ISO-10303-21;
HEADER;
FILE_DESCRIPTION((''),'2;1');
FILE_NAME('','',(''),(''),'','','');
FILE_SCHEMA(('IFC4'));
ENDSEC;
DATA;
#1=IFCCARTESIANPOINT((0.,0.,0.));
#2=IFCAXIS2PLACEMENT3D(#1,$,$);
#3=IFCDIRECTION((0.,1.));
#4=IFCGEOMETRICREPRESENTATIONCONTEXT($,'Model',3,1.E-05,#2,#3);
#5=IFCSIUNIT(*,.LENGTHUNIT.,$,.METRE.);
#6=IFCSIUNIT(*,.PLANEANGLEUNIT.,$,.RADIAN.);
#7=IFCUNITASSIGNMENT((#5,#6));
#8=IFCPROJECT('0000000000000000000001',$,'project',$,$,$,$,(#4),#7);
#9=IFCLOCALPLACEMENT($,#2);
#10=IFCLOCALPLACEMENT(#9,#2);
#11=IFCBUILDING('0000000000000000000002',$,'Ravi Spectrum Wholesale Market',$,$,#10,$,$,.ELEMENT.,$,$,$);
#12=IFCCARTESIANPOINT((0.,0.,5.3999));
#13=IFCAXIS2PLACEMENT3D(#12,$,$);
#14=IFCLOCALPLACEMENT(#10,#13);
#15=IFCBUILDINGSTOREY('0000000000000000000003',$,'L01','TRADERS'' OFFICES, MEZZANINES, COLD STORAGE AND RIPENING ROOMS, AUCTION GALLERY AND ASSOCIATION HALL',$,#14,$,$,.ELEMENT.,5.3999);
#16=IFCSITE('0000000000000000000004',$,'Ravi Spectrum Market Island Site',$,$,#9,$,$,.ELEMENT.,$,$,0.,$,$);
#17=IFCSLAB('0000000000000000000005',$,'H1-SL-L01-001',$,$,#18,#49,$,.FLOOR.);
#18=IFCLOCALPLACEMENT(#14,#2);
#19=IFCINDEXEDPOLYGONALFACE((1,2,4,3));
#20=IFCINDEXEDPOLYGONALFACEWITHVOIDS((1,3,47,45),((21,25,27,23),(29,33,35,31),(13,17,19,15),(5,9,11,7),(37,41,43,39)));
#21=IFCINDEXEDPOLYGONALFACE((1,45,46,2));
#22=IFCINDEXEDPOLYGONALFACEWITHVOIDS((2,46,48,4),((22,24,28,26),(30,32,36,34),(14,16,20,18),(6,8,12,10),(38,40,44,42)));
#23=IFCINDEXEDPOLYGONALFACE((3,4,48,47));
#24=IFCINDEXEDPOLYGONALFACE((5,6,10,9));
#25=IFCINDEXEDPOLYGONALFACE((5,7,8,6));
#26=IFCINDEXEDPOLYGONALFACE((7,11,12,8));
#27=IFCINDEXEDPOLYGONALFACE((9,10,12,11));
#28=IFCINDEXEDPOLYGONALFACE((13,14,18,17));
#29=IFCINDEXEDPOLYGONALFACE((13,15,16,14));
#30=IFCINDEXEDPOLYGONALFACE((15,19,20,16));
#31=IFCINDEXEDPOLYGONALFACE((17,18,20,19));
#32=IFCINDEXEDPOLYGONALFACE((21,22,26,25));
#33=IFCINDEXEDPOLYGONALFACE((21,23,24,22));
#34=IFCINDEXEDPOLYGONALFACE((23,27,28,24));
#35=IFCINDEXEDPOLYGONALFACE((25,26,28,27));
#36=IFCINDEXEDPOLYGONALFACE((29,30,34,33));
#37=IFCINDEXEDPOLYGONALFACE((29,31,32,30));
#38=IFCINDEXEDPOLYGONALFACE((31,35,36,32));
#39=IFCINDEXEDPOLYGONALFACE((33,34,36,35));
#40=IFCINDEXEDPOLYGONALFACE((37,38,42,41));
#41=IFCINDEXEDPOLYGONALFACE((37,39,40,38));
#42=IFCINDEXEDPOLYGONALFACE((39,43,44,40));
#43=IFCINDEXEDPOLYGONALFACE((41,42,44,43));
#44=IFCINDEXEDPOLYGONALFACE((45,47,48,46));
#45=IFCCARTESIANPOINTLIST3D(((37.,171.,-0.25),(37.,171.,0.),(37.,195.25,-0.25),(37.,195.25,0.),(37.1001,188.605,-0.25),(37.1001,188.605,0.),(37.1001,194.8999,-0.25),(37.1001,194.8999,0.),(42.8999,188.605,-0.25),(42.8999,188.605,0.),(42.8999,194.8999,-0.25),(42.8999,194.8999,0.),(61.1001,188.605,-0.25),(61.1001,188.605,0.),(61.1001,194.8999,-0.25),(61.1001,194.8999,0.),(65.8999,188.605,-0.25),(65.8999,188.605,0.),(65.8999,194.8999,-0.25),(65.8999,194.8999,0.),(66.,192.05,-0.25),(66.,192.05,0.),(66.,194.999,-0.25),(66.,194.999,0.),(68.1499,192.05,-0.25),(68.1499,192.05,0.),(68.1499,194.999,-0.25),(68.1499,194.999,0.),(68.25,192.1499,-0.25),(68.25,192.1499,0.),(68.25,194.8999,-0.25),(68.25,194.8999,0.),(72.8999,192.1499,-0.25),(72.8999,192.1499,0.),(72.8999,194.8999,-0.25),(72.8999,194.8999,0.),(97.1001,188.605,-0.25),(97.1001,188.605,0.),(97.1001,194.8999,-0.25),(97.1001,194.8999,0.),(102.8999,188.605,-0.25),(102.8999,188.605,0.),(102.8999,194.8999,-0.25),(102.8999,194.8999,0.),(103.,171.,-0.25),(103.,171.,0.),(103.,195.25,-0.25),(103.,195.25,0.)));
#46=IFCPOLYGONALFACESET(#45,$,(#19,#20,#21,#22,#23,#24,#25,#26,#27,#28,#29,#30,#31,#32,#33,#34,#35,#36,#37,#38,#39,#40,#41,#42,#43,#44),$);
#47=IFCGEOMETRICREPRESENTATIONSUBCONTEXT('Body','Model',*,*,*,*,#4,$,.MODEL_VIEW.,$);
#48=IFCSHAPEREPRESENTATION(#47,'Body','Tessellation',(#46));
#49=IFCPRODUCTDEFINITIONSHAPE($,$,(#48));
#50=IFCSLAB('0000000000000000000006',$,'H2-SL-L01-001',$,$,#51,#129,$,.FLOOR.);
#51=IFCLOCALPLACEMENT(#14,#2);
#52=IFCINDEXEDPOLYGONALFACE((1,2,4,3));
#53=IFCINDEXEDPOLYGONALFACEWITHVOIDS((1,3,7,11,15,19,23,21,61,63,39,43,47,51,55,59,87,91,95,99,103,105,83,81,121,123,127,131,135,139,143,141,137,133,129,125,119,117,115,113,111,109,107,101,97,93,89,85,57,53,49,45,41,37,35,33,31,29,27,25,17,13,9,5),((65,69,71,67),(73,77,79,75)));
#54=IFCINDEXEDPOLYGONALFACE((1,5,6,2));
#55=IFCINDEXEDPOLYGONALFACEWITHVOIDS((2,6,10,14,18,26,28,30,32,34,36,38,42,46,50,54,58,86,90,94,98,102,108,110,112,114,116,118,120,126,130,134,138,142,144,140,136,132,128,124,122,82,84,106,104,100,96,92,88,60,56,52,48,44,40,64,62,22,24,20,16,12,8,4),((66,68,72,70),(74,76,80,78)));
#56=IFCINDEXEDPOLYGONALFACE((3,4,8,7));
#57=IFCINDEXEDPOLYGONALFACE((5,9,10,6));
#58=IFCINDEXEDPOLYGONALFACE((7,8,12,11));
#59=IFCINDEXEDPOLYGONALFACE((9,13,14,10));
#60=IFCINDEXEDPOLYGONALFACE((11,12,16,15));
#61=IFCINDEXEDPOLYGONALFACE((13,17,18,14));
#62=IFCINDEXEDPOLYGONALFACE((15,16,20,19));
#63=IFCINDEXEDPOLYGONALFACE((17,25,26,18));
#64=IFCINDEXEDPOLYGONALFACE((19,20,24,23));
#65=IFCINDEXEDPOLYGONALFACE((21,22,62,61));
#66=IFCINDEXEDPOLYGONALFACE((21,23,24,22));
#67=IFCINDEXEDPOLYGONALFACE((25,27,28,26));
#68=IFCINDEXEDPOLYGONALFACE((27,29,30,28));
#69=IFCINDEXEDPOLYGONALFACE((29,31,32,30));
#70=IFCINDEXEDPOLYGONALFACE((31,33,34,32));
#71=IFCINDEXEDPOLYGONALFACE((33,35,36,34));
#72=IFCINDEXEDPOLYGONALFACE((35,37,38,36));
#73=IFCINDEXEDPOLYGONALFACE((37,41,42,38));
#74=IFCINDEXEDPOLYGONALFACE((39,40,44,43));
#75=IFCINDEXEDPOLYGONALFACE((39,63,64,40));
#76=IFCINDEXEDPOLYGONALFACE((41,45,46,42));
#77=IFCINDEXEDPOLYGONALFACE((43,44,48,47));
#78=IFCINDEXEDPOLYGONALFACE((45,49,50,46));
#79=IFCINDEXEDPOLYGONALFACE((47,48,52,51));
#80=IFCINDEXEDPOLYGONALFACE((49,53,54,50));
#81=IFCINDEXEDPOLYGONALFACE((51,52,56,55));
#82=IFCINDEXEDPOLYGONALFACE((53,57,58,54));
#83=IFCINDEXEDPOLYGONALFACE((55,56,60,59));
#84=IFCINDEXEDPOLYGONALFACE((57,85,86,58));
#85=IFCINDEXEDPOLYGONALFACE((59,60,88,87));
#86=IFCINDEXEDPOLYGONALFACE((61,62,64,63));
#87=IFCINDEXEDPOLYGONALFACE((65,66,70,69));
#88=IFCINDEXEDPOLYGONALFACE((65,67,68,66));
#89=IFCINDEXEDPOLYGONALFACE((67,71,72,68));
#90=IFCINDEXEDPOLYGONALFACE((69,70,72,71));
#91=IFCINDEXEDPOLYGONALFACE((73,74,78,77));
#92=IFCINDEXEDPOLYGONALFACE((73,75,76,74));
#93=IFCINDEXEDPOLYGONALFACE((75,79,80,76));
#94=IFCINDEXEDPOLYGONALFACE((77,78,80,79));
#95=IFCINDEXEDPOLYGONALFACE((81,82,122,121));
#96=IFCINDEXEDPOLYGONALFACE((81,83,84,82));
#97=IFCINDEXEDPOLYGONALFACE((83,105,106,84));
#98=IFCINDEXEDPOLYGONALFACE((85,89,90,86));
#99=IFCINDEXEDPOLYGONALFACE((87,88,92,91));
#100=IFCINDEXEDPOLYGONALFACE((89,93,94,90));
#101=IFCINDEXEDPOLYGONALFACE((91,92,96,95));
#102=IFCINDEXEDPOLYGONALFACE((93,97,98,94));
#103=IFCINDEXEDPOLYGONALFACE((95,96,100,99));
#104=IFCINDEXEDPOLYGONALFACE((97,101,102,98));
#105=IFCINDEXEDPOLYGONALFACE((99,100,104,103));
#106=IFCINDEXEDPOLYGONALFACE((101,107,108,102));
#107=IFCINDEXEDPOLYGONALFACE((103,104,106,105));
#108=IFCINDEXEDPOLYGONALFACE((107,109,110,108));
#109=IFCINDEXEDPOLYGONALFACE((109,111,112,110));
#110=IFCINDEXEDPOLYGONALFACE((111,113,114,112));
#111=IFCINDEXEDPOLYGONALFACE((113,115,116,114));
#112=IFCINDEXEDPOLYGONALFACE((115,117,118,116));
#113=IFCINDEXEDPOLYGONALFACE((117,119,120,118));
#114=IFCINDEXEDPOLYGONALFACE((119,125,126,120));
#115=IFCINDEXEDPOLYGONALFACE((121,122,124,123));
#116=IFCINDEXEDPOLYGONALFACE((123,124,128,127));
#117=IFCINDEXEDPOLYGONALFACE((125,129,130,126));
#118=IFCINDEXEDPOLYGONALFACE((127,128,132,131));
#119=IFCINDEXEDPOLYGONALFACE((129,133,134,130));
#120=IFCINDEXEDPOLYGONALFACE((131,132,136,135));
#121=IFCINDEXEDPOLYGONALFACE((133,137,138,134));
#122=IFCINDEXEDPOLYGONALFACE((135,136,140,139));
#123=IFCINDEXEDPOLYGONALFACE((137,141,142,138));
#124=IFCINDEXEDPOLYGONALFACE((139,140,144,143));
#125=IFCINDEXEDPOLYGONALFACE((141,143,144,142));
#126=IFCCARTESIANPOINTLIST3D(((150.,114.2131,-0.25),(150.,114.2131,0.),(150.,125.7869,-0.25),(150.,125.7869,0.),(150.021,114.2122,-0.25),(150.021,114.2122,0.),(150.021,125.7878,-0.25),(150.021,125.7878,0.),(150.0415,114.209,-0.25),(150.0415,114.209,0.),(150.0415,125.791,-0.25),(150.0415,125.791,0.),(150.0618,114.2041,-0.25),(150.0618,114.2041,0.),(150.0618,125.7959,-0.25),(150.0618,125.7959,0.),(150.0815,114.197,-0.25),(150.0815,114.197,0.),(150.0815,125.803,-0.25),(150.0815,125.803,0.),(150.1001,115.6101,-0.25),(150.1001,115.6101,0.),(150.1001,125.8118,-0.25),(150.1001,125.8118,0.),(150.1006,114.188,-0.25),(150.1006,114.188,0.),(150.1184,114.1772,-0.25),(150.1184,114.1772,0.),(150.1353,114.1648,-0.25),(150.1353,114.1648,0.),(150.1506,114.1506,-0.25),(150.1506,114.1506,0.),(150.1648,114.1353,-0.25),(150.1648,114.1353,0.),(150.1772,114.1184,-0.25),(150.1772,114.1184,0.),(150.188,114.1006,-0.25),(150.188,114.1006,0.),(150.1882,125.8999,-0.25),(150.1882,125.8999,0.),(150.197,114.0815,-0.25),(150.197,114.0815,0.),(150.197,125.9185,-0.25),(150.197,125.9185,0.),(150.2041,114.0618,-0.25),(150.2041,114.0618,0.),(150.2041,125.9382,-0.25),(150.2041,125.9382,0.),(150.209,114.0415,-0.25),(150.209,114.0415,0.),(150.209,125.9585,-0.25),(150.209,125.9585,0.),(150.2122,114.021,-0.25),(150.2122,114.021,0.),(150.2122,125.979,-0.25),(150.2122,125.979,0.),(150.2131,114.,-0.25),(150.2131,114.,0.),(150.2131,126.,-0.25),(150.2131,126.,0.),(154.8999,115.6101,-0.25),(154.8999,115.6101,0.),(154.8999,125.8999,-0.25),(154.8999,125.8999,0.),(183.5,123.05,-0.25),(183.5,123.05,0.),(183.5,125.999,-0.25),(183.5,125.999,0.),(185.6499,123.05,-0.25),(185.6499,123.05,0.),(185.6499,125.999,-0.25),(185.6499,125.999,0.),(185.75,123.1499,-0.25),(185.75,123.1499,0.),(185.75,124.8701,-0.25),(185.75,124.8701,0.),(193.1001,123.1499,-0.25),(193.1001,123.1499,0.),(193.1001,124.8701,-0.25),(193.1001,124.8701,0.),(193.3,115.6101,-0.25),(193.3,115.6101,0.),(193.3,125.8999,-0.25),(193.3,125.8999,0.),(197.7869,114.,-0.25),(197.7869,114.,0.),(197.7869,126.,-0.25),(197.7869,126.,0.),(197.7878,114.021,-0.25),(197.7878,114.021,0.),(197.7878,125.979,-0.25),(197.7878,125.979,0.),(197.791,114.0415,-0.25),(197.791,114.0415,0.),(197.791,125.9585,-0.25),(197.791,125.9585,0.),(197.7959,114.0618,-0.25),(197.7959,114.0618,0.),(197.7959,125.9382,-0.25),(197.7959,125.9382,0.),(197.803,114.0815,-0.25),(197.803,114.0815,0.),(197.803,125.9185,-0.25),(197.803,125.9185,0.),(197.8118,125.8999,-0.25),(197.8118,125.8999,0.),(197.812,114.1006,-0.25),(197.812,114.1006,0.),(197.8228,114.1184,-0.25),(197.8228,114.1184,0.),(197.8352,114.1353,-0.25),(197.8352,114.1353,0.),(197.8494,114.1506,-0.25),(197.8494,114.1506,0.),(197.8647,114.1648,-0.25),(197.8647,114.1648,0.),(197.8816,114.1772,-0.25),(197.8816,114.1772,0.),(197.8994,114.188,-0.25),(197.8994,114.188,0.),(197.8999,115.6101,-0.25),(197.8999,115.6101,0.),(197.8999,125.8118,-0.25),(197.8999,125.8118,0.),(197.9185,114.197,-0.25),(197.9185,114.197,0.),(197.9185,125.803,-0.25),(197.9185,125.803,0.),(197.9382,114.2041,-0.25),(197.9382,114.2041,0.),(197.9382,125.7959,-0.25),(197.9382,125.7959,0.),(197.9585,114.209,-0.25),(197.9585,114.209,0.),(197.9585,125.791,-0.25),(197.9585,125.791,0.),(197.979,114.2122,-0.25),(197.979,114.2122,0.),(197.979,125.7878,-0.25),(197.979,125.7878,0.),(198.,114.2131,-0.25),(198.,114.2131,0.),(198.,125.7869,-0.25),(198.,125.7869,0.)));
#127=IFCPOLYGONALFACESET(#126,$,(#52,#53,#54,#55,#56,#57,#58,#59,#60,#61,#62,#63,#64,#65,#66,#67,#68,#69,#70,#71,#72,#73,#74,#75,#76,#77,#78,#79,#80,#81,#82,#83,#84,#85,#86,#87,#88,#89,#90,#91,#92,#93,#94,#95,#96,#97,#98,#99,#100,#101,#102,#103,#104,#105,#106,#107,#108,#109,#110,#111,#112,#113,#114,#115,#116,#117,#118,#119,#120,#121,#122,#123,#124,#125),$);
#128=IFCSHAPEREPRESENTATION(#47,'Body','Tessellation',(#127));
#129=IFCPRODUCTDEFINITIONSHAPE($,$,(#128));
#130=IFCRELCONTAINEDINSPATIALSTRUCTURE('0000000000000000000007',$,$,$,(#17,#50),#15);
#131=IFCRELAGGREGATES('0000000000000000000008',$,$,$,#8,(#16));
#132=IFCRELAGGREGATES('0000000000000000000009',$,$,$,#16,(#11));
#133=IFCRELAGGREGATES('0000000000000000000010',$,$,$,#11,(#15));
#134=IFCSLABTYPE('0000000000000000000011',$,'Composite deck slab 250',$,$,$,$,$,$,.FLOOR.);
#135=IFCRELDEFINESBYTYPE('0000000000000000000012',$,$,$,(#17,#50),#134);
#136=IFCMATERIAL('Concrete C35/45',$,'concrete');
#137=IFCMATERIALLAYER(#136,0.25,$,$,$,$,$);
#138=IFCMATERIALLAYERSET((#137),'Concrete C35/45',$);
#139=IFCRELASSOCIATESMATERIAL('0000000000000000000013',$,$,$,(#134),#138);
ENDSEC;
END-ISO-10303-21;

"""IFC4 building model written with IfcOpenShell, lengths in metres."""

from ifc_helpers import new_model, si_unit, direction, frame, origin, place, context, subcontext, project, spatial, polyline, outline, extrude, material, layer, layer_set, type_object, element, save


model = new_model("IFC4")

# Units and contexts
model_context = context("Model", 3, precision=1e-05, world=origin(), true_north=direction((0.0, 1.0)))
body_context = subcontext(model_context, "Body", "Model", "MODEL_VIEW")
ifc_project = project(units=[si_unit("LENGTHUNIT", "METRE"), si_unit("PLANEANGLEUNIT", "RADIAN")], contexts=[model_context])

# Site, building, storey
site_placement = place(None, origin())
site = spatial("IfcSite", under=ifc_project, at=site_placement, Name="Ravi Spectrum Market Island Site", CompositionType="ELEMENT", RefElevation=0.0)
building_placement = place(site_placement, origin())
building = spatial("IfcBuilding", under=site, at=building_placement, Name="Ravi Spectrum Wholesale Market", CompositionType="ELEMENT")
storey_placement = place(building_placement, frame((0.0, 0.0, 5.3999)))
storey = spatial("IfcBuildingStorey", under=building, at=storey_placement, Name="L01", Description="TRADERS' OFFICES, MEZZANINES, COLD STORAGE AND RIPENING ROOMS, AUCTION GALLERY AND ASSOCIATION HALL", CompositionType="ELEMENT", Elevation=5.3999)

# Slabs
ifc_material_1 = material(Name="Concrete C35/45", Category="concrete")
ifc_layer_1 = layer(ifc_material_1, 0.25)
ifc_layer_set_1 = layer_set([ifc_layer_1], Name="Concrete C35/45")
slab_type_1 = type_object("IfcSlabType", Name="Composite deck slab 250", PredefinedType="FLOOR", material=ifc_layer_set_1)
slab_1_placement = place(storey_placement, frame((0.0, 0.0, -0.25)))
element("IfcSlab", 1, at=slab_1_placement, inside=storey, type_object=slab_type_1, Name="H1-SL-L01-001", PredefinedType="FLOOR", context=body_context, shape_type="SweptSolid", body=[
    extrude(outline(polyline([(37.0, 195.25), (103.0, 195.25), (103.0, 171.0), (37.0, 171.0), (37.0, 195.25)]), holes=[polyline([(37.1001, 194.8999), (37.1001, 188.605), (42.8999, 188.605), (42.8999, 194.8999), (37.1001, 194.8999)]), polyline([(61.1001, 194.8999), (61.1001, 188.605), (65.8999, 188.605), (65.8999, 194.8999), (61.1001, 194.8999)]), polyline([(97.1001, 194.8999), (97.1001, 188.605), (102.8999, 188.605), (102.8999, 194.8999), (97.1001, 194.8999)]), polyline([(68.1499, 194.999), (66.0, 194.999), (66.0, 192.05), (68.1499, 192.05), (68.1499, 194.999)]), polyline([(72.8999, 194.8999), (68.25, 194.8999), (68.25, 192.1499), (72.8999, 192.1499), (72.8999, 194.8999)])]), origin(), (0.0, 0.0, 1.0), 0.25),
])
slab_2_placement = place(storey_placement, frame((0.0, 0.0, -0.25)))
element("IfcSlab", 2, at=slab_2_placement, inside=storey, type_object=slab_type_1, Name="H2-SL-L01-001", PredefinedType="FLOOR", context=body_context, shape_type="SweptSolid", body=[
    extrude(outline(polyline([(150.2131, 114.0), (150.2122, 114.021), (150.209, 114.0415), (150.2041, 114.0618), (150.197, 114.0815), (150.188, 114.1006), (150.1772, 114.1184), (150.1648, 114.1353), (150.1506, 114.1506), (150.1353, 114.1648), (150.1184, 114.1772), (150.1006, 114.188), (150.0815, 114.197), (150.0618, 114.2041), (150.0415, 114.209), (150.021, 114.2122), (150.0, 114.2131), (150.0, 125.7869), (150.021, 125.7878), (150.0415, 125.791), (150.0618, 125.7959), (150.0815, 125.803), (150.1001, 125.8118), (150.1001, 115.6101), (154.8999, 115.6101), (154.8999, 125.8999), (150.1882, 125.8999), (150.197, 125.9185), (150.2041, 125.9382), (150.209, 125.9585), (150.2122, 125.979), (150.2131, 126.0), (197.7869, 126.0), (197.7878, 125.979), (197.791, 125.9585), (197.7959, 125.9382), (197.803, 125.9185), (197.8118, 125.8999), (193.3, 125.8999), (193.3, 115.6101), (197.8999, 115.6101), (197.8999, 125.8118), (197.9185, 125.803), (197.9382, 125.7959), (197.9585, 125.791), (197.979, 125.7878), (198.0, 125.7869), (198.0, 114.2131), (197.979, 114.2122), (197.9585, 114.209), (197.9382, 114.2041), (197.9185, 114.197), (197.8994, 114.188), (197.8816, 114.1772), (197.8647, 114.1648), (197.8494, 114.1506), (197.8352, 114.1353), (197.8228, 114.1184), (197.812, 114.1006), (197.803, 114.0815), (197.7959, 114.0618), (197.791, 114.0415), (197.7878, 114.021), (197.7869, 114.0), (150.2131, 114.0)]), holes=[polyline([(193.1001, 124.8701), (185.75, 124.8701), (185.75, 123.1499), (193.1001, 123.1499), (193.1001, 124.8701)]), polyline([(185.6499, 125.999), (183.5, 125.999), (183.5, 123.05), (185.6499, 123.05), (185.6499, 125.999)])]), origin(), (0.0, 0.0, 1.0), 0.25),
])

save(model, "model.ifc")
